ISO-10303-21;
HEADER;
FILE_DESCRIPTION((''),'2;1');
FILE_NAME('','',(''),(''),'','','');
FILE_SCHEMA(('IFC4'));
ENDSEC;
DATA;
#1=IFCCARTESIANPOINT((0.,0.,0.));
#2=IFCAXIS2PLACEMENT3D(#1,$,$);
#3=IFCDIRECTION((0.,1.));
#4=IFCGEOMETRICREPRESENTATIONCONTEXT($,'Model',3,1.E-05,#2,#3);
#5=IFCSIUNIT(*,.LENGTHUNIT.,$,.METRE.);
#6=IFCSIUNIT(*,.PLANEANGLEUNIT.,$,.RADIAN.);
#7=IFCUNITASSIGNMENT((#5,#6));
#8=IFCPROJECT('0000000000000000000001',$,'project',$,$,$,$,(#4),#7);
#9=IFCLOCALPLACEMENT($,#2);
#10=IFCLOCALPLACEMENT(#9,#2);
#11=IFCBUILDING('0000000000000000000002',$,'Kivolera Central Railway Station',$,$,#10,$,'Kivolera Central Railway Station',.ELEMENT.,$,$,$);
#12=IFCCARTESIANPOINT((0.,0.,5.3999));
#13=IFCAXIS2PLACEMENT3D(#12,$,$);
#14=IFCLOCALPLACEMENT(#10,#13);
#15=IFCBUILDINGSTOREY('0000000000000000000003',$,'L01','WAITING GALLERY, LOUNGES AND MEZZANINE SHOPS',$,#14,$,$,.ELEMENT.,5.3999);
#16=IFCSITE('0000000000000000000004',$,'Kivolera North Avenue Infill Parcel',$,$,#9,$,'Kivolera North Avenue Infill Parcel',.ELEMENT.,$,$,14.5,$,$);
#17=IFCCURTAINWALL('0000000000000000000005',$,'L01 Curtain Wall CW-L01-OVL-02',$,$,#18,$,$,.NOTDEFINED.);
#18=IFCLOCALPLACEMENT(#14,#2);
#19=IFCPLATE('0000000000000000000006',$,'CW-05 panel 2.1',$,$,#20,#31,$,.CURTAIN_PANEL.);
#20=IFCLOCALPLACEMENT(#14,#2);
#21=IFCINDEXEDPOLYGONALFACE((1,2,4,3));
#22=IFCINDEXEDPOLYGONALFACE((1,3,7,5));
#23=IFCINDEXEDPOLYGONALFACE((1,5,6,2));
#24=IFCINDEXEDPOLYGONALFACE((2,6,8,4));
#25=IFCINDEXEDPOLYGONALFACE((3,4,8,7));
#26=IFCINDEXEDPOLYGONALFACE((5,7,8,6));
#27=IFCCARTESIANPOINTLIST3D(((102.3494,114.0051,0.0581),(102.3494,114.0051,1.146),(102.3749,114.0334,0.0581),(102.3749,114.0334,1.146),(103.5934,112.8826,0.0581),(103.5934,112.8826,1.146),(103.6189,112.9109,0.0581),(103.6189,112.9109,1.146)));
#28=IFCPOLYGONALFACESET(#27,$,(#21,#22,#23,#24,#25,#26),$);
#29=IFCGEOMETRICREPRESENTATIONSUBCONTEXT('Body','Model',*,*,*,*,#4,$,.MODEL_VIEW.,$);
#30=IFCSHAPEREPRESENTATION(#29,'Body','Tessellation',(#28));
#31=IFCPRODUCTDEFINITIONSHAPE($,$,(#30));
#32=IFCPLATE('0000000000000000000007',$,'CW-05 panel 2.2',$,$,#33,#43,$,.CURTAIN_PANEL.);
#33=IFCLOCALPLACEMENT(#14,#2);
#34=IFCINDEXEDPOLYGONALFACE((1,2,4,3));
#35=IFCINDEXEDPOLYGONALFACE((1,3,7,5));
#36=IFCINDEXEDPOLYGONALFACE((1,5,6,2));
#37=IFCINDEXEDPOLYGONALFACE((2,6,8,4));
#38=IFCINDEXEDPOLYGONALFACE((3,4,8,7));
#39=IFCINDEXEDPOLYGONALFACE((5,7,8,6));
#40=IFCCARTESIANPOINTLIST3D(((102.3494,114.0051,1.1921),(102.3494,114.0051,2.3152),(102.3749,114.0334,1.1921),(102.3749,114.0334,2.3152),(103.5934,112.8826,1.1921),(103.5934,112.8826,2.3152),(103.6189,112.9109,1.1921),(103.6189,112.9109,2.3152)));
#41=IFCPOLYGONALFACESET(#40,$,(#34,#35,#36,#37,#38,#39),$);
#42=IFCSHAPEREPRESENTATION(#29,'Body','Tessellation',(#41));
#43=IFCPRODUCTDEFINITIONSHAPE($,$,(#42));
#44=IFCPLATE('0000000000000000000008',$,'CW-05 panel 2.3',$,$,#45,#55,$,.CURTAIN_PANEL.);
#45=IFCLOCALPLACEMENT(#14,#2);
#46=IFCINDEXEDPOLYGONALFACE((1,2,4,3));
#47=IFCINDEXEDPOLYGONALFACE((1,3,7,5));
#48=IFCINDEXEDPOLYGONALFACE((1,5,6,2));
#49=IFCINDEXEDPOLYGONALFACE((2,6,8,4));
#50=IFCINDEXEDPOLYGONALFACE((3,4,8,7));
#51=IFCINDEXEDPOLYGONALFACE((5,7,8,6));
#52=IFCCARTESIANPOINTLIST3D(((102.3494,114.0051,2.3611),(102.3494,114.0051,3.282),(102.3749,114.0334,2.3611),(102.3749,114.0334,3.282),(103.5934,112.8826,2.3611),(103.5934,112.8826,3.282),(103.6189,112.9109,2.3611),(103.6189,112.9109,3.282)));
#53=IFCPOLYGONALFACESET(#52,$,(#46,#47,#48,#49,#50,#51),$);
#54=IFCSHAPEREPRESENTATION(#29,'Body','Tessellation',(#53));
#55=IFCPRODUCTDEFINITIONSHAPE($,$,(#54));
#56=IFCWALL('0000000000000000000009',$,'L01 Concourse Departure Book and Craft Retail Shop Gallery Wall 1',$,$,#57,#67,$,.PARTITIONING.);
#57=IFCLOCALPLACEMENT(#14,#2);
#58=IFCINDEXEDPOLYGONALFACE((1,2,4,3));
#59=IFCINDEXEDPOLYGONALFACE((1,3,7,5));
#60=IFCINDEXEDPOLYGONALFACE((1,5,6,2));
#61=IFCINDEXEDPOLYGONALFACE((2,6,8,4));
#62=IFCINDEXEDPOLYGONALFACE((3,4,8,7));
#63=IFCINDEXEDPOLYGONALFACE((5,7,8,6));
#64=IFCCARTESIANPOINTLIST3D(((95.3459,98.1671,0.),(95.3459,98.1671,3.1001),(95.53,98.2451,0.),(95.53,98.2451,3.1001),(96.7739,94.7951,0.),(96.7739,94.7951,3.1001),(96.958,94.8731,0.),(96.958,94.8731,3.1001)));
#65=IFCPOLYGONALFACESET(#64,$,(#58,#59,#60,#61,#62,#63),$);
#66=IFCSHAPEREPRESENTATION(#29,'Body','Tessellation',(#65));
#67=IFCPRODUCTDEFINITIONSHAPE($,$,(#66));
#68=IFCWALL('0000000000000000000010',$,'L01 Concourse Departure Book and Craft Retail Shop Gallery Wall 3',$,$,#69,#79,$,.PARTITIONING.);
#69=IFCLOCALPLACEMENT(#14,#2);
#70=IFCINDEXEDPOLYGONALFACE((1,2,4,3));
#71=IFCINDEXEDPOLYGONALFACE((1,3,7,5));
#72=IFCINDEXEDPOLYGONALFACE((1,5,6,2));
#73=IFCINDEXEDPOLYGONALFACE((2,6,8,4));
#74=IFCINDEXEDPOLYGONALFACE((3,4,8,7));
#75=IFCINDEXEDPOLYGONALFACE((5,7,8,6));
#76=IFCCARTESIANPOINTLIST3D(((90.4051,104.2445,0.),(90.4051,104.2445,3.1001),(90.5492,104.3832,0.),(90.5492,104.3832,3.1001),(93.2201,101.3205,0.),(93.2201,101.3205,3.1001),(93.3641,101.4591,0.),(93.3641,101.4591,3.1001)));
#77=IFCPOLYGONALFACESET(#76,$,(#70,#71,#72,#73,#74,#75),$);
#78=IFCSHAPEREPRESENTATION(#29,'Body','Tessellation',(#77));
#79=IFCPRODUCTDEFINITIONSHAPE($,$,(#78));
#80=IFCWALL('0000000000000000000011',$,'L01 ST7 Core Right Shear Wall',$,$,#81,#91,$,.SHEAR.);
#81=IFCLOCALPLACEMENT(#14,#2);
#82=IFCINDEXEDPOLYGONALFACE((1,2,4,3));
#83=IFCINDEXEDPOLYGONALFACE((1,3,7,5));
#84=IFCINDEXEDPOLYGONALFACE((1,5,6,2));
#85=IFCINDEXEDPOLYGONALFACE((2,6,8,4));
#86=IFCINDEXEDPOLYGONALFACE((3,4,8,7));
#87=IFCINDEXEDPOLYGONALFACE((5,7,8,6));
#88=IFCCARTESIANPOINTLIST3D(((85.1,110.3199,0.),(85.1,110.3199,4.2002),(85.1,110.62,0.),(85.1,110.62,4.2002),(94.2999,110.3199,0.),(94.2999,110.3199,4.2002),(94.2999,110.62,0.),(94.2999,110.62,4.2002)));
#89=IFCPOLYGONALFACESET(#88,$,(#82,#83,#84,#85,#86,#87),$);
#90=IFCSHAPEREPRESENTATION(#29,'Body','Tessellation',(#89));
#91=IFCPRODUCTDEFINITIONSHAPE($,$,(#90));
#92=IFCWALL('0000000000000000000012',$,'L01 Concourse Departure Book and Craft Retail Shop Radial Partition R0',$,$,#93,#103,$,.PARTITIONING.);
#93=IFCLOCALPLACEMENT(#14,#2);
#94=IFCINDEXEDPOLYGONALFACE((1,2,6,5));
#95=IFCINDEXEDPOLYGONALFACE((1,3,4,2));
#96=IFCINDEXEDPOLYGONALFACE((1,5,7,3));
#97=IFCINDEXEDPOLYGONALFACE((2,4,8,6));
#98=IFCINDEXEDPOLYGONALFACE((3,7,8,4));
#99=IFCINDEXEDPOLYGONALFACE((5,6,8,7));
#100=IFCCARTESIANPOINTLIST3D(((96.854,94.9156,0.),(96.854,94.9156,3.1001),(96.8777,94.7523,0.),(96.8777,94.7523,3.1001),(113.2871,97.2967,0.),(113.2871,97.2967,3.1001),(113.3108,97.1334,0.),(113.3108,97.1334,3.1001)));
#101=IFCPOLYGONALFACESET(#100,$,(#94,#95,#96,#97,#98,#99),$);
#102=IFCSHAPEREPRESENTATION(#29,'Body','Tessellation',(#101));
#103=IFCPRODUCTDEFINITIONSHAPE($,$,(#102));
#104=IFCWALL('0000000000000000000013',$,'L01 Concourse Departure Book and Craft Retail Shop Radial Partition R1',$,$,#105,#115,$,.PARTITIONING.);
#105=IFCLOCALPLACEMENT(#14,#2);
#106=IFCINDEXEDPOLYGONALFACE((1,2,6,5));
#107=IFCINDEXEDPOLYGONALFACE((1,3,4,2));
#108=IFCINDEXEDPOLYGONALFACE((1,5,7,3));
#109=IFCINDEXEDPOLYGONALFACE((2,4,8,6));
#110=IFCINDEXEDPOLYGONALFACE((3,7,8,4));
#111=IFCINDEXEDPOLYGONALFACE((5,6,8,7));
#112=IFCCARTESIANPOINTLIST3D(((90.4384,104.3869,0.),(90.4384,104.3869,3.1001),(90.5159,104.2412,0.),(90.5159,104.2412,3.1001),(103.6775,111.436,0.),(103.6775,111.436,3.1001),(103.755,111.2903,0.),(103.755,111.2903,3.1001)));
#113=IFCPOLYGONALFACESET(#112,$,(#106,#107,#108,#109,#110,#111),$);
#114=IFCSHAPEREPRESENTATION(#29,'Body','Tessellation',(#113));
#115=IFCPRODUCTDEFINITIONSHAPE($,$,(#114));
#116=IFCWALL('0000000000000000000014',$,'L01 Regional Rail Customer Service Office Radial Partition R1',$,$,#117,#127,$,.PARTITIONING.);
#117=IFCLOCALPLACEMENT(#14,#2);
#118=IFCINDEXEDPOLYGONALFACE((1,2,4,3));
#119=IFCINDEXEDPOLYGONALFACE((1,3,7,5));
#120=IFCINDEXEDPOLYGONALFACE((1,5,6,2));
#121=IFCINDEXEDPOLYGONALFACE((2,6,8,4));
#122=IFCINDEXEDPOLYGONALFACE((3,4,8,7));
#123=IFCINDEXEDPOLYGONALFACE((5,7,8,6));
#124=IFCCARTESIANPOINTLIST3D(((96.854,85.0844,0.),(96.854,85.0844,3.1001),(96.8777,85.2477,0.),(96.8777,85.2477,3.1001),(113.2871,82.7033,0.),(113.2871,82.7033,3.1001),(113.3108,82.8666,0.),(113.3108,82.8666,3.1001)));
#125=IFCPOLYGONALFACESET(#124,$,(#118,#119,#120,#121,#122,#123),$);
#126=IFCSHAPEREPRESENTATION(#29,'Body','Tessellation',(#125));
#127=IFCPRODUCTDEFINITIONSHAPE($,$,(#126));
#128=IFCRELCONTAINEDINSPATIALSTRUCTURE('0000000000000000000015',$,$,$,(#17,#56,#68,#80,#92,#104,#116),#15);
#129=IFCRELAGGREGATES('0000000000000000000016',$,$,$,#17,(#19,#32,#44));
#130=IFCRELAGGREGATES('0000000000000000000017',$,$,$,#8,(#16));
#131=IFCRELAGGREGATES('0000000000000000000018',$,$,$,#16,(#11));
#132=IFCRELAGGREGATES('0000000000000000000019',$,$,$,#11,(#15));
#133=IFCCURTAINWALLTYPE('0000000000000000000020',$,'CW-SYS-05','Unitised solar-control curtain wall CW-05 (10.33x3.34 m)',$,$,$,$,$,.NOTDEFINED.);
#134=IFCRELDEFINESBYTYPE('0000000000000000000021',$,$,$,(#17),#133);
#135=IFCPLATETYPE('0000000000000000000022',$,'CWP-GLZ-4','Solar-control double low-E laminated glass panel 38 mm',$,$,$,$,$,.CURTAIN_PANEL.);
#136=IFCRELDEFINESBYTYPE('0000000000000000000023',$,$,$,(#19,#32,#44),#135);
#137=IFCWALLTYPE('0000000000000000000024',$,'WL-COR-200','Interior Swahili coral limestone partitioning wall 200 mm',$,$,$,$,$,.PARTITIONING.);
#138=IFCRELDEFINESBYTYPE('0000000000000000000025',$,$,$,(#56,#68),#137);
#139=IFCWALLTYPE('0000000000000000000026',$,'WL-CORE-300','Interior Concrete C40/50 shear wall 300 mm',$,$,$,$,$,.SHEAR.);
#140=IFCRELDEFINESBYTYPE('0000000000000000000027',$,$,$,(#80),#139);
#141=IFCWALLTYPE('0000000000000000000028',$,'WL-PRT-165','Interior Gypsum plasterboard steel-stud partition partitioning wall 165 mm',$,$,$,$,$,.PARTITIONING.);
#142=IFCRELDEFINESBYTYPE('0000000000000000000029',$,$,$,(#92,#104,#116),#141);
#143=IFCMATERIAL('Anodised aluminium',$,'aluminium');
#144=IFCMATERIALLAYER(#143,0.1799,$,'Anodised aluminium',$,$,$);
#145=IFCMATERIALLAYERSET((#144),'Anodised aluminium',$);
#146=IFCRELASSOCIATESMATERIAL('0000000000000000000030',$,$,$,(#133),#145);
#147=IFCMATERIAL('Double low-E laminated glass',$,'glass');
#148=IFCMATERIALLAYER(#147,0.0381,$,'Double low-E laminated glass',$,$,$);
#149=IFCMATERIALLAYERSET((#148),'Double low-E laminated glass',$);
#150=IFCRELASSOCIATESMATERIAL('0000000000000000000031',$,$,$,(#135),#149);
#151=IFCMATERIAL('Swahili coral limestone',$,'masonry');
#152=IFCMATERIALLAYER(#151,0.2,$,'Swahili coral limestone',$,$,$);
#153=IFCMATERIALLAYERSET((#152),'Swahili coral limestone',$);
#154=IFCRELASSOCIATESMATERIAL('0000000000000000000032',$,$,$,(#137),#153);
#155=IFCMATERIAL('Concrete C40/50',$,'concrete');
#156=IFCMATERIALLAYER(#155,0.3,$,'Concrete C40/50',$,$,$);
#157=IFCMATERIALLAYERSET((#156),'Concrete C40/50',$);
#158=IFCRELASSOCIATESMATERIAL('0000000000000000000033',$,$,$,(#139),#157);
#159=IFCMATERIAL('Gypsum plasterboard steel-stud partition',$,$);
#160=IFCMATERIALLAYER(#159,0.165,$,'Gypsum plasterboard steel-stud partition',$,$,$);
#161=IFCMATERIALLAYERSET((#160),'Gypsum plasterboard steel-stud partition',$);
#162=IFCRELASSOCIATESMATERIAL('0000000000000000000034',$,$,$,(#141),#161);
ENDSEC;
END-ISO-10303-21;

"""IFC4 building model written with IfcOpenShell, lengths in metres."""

from ifc_helpers import new_model, si_unit, direction, frame, frame_2d, origin, origin_2d, place, context, subcontext, project, spatial, rectangle, extrude, material, layer, layer_set, type_object, element, aggregate, save


model = new_model("IFC4")

# Units and contexts
model_context = context("Model", 3, precision=1e-05, world=origin(), true_north=direction((0.0, 1.0)))
body_context = subcontext(model_context, "Body", "Model", "MODEL_VIEW")
ifc_project = project(units=[si_unit("LENGTHUNIT", "METRE"), si_unit("PLANEANGLEUNIT", "RADIAN")], contexts=[model_context])

# Site, building, storey
site_placement = place(None, origin())
site = spatial("IfcSite", under=ifc_project, at=site_placement, Name="Kivolera North Avenue Infill Parcel", LongName="Kivolera North Avenue Infill Parcel", CompositionType="ELEMENT", RefElevation=14.5)
building_placement = place(site_placement, origin())
building = spatial("IfcBuilding", under=site, at=building_placement, Name="Kivolera Central Railway Station", LongName="Kivolera Central Railway Station", CompositionType="ELEMENT")
storey_placement = place(building_placement, frame((0.0, 0.0, 5.3999)))
storey = spatial("IfcBuildingStorey", under=building, at=storey_placement, Name="L01", Description="WAITING GALLERY, LOUNGES AND MEZZANINE SHOPS", CompositionType="ELEMENT", Elevation=5.3999)

# Shared definitions
ifc_material_1 = material(Name="Concrete C40/50", Category="concrete")

# Curtain wall, plates
ifc_material_2 = material(Name="Anodised aluminium", Category="aluminium")
ifc_layer_1 = layer(ifc_material_2, 0.1799, Name="Anodised aluminium")
ifc_layer_set_1 = layer_set([ifc_layer_1], Name="Anodised aluminium")
curtain_wall_type = type_object("IfcCurtainWallType", Name="CW-SYS-05", Description="Unitised solar-control curtain wall CW-05 (10.33x3.34 m)", PredefinedType="NOTDEFINED", material=ifc_layer_set_1)
curtain_wall_placement = place(storey_placement, origin())
curtain_wall = element("IfcCurtainWall", 1, at=curtain_wall_placement, inside=storey, type_object=curtain_wall_type, Name="L01 Curtain Wall CW-L01-OVL-02", PredefinedType="NOTDEFINED")
ifc_material_3 = material(Name="Double low-E laminated glass", Category="glass")
ifc_layer_2 = layer(ifc_material_3, 0.0381, Name="Double low-E laminated glass")
ifc_layer_set_2 = layer_set([ifc_layer_2], Name="Double low-E laminated glass")
plate_type = type_object("IfcPlateType", Name="CWP-GLZ-4", Description="Solar-control double low-E laminated glass panel 38 mm", PredefinedType="CURTAIN_PANEL", material=ifc_layer_set_2)
plate_1_placement = place(storey_placement, frame((102.9841, 113.458, 0.0581), z_axis=(0.0, 0.0, 1.0), x_axis=(0.742432, -0.669922, 0.0)))
plate_1 = element("IfcPlate", 2, at=plate_1_placement, type_object=plate_type, Name="CW-05 panel 2.1", PredefinedType="CURTAIN_PANEL", context=body_context, shape_type="SweptSolid", body=[
    extrude(rectangle(XDim=1.6755, YDim=0.0381, at=origin_2d()), origin(), (0.0, 0.0, 1.0), 1.0879),
])
plate_2_placement = place(storey_placement, frame((102.9841, 113.458, 1.1921), z_axis=(0.0, 0.0, 1.0), x_axis=(0.742432, -0.669922, 0.0)))
plate_2 = element("IfcPlate", 3, at=plate_2_placement, type_object=plate_type, Name="CW-05 panel 2.2", PredefinedType="CURTAIN_PANEL", context=body_context, shape_type="SweptSolid", body=[
    extrude(rectangle(XDim=1.6755, YDim=0.0381, at=origin_2d()), origin(), (0.0, 0.0, 1.0), 1.123),
])
plate_3_placement = place(storey_placement, frame((102.9841, 113.458, 2.3611), z_axis=(0.0, 0.0, 1.0), x_axis=(0.742432, -0.669922, 0.0)))
plate_3 = element("IfcPlate", 4, at=plate_3_placement, type_object=plate_type, Name="CW-05 panel 2.3", PredefinedType="CURTAIN_PANEL", context=body_context, shape_type="SweptSolid", body=[
    extrude(rectangle(XDim=1.6755, YDim=0.0381, at=origin_2d()), origin(), (0.0, 0.0, 1.0), 0.9209),
])
aggregate(curtain_wall, [plate_1, plate_2, plate_3])

# Wall
ifc_material_4 = material(Name="Swahili coral limestone", Category="masonry")
ifc_layer_3 = layer(ifc_material_4, 0.2, Name="Swahili coral limestone")
ifc_layer_set_3 = layer_set([ifc_layer_3], Name="Swahili coral limestone")
wall_type_1 = type_object("IfcWallType", Name="WL-COR-200", Description="Interior Swahili coral limestone partitioning wall 200 mm", PredefinedType="PARTITIONING", material=ifc_layer_set_3)
wall_1_placement = place(storey_placement, frame((96.866, 94.834, 0.0), z_axis=(0.0, 0.0, 1.0), x_axis=(-0.389949, 0.920837, 0.0)))
element("IfcWall", 5, at=wall_1_placement, inside=storey, type_object=wall_type_1, Name="L01 Concourse Departure Book and Craft Retail Shop Gallery Wall 1", PredefinedType="PARTITIONING", context=body_context, shape_type="SweptSolid", body=[
    extrude(rectangle(XDim=3.6619, YDim=0.2, at=frame_2d((1.8311, 0.0))), origin(), (0.0, 0.0, 1.0), 3.1001),
])

# Walls
wall_2_placement = place(storey_placement, frame((93.292, 101.3899, 0.0), z_axis=(0.0, 0.0, 1.0), x_axis=(-0.693535, 0.720423, 0.0)))
element("IfcWall", 6, at=wall_2_placement, inside=storey, type_object=wall_type_1, Name="L01 Concourse Departure Book and Craft Retail Shop Gallery Wall 3", PredefinedType="PARTITIONING", context=body_context, shape_type="SweptSolid", body=[
    extrude(rectangle(XDim=4.0588, YDim=0.2, at=frame_2d((2.0293, 0.0))), origin(), (0.0, 0.0, 1.0), 3.1001),
])
ifc_layer_4 = layer(ifc_material_1, 0.3, Name="Concrete C40/50")
ifc_layer_set_4 = layer_set([ifc_layer_4], Name="Concrete C40/50")
wall_type_2 = type_object("IfcWallType", Name="WL-CORE-300", Description="Interior Concrete C40/50 shear wall 300 mm", PredefinedType="SHEAR", material=ifc_layer_set_4)
wall_3_placement = place(storey_placement, frame((94.3, 110.47, 0.0), z_axis=(0.0, 0.0, 1.0), x_axis=(-1.0, 0.0, 0.0)))
element("IfcWall", 7, at=wall_3_placement, inside=storey, type_object=wall_type_2, Name="L01 ST7 Core Right Shear Wall", PredefinedType="SHEAR", context=body_context, shape_type="SweptSolid", body=[
    extrude(rectangle(XDim=9.2, YDim=0.3, at=frame_2d((4.6001, 0.0))), origin(), (0.0, 0.0, 1.0), 4.2002),
])
ifc_material_5 = material(Name="Gypsum plasterboard steel-stud partition")
ifc_layer_5 = layer(ifc_material_5, 0.165, Name="Gypsum plasterboard steel-stud partition")
ifc_layer_set_5 = layer_set([ifc_layer_5], Name="Gypsum plasterboard steel-stud partition")
wall_type_3 = type_object("IfcWallType", Name="WL-PRT-165", Description="Interior Gypsum plasterboard steel-stud partition partitioning wall 165 mm", PredefinedType="PARTITIONING", material=ifc_layer_set_5)
wall_4_placement = place(storey_placement, frame((96.866, 94.834, 0.0), z_axis=(0.0, 0.0, 1.0), x_axis=(0.989665, 0.143399, 0.0)))
element("IfcWall", 8, at=wall_4_placement, inside=storey, type_object=wall_type_3, Name="L01 Concourse Departure Book and Craft Retail Shop Radial Partition R0", PredefinedType="PARTITIONING", context=body_context, shape_type="SweptSolid", body=[
    extrude(rectangle(XDim=16.6047, YDim=0.165, at=frame_2d((8.3022, 0.0))), origin(), (0.0, 0.0, 1.0), 3.1001),
])
wall_5_placement = place(storey_placement, frame((90.4771, 104.314, 0.0), z_axis=(0.0, 0.0, 1.0), x_axis=(0.882678, 0.469979, 0.0)))
element("IfcWall", 9, at=wall_5_placement, inside=storey, type_object=wall_type_3, Name="L01 Concourse Departure Book and Craft Retail Shop Radial Partition R1", PredefinedType="PARTITIONING", context=body_context, shape_type="SweptSolid", body=[
    extrude(rectangle(XDim=14.9988, YDim=0.165, at=frame_2d((7.4995, 0.0))), origin(), (0.0, 0.0, 1.0), 3.1001),
])
wall_6_placement = place(storey_placement, frame((96.866, 85.166, 0.0), z_axis=(0.0, 0.0, 1.0), x_axis=(0.989665, -0.143399, 0.0)))
element("IfcWall", 10, at=wall_6_placement, inside=storey, type_object=wall_type_3, Name="L01 Regional Rail Customer Service Office Radial Partition R1", PredefinedType="PARTITIONING", context=body_context, shape_type="SweptSolid", body=[
    extrude(rectangle(XDim=16.6047, YDim=0.165, at=frame_2d((8.3022, 0.0))), origin(), (0.0, 0.0, 1.0), 3.1001),
])

save(model, "model.ifc")
